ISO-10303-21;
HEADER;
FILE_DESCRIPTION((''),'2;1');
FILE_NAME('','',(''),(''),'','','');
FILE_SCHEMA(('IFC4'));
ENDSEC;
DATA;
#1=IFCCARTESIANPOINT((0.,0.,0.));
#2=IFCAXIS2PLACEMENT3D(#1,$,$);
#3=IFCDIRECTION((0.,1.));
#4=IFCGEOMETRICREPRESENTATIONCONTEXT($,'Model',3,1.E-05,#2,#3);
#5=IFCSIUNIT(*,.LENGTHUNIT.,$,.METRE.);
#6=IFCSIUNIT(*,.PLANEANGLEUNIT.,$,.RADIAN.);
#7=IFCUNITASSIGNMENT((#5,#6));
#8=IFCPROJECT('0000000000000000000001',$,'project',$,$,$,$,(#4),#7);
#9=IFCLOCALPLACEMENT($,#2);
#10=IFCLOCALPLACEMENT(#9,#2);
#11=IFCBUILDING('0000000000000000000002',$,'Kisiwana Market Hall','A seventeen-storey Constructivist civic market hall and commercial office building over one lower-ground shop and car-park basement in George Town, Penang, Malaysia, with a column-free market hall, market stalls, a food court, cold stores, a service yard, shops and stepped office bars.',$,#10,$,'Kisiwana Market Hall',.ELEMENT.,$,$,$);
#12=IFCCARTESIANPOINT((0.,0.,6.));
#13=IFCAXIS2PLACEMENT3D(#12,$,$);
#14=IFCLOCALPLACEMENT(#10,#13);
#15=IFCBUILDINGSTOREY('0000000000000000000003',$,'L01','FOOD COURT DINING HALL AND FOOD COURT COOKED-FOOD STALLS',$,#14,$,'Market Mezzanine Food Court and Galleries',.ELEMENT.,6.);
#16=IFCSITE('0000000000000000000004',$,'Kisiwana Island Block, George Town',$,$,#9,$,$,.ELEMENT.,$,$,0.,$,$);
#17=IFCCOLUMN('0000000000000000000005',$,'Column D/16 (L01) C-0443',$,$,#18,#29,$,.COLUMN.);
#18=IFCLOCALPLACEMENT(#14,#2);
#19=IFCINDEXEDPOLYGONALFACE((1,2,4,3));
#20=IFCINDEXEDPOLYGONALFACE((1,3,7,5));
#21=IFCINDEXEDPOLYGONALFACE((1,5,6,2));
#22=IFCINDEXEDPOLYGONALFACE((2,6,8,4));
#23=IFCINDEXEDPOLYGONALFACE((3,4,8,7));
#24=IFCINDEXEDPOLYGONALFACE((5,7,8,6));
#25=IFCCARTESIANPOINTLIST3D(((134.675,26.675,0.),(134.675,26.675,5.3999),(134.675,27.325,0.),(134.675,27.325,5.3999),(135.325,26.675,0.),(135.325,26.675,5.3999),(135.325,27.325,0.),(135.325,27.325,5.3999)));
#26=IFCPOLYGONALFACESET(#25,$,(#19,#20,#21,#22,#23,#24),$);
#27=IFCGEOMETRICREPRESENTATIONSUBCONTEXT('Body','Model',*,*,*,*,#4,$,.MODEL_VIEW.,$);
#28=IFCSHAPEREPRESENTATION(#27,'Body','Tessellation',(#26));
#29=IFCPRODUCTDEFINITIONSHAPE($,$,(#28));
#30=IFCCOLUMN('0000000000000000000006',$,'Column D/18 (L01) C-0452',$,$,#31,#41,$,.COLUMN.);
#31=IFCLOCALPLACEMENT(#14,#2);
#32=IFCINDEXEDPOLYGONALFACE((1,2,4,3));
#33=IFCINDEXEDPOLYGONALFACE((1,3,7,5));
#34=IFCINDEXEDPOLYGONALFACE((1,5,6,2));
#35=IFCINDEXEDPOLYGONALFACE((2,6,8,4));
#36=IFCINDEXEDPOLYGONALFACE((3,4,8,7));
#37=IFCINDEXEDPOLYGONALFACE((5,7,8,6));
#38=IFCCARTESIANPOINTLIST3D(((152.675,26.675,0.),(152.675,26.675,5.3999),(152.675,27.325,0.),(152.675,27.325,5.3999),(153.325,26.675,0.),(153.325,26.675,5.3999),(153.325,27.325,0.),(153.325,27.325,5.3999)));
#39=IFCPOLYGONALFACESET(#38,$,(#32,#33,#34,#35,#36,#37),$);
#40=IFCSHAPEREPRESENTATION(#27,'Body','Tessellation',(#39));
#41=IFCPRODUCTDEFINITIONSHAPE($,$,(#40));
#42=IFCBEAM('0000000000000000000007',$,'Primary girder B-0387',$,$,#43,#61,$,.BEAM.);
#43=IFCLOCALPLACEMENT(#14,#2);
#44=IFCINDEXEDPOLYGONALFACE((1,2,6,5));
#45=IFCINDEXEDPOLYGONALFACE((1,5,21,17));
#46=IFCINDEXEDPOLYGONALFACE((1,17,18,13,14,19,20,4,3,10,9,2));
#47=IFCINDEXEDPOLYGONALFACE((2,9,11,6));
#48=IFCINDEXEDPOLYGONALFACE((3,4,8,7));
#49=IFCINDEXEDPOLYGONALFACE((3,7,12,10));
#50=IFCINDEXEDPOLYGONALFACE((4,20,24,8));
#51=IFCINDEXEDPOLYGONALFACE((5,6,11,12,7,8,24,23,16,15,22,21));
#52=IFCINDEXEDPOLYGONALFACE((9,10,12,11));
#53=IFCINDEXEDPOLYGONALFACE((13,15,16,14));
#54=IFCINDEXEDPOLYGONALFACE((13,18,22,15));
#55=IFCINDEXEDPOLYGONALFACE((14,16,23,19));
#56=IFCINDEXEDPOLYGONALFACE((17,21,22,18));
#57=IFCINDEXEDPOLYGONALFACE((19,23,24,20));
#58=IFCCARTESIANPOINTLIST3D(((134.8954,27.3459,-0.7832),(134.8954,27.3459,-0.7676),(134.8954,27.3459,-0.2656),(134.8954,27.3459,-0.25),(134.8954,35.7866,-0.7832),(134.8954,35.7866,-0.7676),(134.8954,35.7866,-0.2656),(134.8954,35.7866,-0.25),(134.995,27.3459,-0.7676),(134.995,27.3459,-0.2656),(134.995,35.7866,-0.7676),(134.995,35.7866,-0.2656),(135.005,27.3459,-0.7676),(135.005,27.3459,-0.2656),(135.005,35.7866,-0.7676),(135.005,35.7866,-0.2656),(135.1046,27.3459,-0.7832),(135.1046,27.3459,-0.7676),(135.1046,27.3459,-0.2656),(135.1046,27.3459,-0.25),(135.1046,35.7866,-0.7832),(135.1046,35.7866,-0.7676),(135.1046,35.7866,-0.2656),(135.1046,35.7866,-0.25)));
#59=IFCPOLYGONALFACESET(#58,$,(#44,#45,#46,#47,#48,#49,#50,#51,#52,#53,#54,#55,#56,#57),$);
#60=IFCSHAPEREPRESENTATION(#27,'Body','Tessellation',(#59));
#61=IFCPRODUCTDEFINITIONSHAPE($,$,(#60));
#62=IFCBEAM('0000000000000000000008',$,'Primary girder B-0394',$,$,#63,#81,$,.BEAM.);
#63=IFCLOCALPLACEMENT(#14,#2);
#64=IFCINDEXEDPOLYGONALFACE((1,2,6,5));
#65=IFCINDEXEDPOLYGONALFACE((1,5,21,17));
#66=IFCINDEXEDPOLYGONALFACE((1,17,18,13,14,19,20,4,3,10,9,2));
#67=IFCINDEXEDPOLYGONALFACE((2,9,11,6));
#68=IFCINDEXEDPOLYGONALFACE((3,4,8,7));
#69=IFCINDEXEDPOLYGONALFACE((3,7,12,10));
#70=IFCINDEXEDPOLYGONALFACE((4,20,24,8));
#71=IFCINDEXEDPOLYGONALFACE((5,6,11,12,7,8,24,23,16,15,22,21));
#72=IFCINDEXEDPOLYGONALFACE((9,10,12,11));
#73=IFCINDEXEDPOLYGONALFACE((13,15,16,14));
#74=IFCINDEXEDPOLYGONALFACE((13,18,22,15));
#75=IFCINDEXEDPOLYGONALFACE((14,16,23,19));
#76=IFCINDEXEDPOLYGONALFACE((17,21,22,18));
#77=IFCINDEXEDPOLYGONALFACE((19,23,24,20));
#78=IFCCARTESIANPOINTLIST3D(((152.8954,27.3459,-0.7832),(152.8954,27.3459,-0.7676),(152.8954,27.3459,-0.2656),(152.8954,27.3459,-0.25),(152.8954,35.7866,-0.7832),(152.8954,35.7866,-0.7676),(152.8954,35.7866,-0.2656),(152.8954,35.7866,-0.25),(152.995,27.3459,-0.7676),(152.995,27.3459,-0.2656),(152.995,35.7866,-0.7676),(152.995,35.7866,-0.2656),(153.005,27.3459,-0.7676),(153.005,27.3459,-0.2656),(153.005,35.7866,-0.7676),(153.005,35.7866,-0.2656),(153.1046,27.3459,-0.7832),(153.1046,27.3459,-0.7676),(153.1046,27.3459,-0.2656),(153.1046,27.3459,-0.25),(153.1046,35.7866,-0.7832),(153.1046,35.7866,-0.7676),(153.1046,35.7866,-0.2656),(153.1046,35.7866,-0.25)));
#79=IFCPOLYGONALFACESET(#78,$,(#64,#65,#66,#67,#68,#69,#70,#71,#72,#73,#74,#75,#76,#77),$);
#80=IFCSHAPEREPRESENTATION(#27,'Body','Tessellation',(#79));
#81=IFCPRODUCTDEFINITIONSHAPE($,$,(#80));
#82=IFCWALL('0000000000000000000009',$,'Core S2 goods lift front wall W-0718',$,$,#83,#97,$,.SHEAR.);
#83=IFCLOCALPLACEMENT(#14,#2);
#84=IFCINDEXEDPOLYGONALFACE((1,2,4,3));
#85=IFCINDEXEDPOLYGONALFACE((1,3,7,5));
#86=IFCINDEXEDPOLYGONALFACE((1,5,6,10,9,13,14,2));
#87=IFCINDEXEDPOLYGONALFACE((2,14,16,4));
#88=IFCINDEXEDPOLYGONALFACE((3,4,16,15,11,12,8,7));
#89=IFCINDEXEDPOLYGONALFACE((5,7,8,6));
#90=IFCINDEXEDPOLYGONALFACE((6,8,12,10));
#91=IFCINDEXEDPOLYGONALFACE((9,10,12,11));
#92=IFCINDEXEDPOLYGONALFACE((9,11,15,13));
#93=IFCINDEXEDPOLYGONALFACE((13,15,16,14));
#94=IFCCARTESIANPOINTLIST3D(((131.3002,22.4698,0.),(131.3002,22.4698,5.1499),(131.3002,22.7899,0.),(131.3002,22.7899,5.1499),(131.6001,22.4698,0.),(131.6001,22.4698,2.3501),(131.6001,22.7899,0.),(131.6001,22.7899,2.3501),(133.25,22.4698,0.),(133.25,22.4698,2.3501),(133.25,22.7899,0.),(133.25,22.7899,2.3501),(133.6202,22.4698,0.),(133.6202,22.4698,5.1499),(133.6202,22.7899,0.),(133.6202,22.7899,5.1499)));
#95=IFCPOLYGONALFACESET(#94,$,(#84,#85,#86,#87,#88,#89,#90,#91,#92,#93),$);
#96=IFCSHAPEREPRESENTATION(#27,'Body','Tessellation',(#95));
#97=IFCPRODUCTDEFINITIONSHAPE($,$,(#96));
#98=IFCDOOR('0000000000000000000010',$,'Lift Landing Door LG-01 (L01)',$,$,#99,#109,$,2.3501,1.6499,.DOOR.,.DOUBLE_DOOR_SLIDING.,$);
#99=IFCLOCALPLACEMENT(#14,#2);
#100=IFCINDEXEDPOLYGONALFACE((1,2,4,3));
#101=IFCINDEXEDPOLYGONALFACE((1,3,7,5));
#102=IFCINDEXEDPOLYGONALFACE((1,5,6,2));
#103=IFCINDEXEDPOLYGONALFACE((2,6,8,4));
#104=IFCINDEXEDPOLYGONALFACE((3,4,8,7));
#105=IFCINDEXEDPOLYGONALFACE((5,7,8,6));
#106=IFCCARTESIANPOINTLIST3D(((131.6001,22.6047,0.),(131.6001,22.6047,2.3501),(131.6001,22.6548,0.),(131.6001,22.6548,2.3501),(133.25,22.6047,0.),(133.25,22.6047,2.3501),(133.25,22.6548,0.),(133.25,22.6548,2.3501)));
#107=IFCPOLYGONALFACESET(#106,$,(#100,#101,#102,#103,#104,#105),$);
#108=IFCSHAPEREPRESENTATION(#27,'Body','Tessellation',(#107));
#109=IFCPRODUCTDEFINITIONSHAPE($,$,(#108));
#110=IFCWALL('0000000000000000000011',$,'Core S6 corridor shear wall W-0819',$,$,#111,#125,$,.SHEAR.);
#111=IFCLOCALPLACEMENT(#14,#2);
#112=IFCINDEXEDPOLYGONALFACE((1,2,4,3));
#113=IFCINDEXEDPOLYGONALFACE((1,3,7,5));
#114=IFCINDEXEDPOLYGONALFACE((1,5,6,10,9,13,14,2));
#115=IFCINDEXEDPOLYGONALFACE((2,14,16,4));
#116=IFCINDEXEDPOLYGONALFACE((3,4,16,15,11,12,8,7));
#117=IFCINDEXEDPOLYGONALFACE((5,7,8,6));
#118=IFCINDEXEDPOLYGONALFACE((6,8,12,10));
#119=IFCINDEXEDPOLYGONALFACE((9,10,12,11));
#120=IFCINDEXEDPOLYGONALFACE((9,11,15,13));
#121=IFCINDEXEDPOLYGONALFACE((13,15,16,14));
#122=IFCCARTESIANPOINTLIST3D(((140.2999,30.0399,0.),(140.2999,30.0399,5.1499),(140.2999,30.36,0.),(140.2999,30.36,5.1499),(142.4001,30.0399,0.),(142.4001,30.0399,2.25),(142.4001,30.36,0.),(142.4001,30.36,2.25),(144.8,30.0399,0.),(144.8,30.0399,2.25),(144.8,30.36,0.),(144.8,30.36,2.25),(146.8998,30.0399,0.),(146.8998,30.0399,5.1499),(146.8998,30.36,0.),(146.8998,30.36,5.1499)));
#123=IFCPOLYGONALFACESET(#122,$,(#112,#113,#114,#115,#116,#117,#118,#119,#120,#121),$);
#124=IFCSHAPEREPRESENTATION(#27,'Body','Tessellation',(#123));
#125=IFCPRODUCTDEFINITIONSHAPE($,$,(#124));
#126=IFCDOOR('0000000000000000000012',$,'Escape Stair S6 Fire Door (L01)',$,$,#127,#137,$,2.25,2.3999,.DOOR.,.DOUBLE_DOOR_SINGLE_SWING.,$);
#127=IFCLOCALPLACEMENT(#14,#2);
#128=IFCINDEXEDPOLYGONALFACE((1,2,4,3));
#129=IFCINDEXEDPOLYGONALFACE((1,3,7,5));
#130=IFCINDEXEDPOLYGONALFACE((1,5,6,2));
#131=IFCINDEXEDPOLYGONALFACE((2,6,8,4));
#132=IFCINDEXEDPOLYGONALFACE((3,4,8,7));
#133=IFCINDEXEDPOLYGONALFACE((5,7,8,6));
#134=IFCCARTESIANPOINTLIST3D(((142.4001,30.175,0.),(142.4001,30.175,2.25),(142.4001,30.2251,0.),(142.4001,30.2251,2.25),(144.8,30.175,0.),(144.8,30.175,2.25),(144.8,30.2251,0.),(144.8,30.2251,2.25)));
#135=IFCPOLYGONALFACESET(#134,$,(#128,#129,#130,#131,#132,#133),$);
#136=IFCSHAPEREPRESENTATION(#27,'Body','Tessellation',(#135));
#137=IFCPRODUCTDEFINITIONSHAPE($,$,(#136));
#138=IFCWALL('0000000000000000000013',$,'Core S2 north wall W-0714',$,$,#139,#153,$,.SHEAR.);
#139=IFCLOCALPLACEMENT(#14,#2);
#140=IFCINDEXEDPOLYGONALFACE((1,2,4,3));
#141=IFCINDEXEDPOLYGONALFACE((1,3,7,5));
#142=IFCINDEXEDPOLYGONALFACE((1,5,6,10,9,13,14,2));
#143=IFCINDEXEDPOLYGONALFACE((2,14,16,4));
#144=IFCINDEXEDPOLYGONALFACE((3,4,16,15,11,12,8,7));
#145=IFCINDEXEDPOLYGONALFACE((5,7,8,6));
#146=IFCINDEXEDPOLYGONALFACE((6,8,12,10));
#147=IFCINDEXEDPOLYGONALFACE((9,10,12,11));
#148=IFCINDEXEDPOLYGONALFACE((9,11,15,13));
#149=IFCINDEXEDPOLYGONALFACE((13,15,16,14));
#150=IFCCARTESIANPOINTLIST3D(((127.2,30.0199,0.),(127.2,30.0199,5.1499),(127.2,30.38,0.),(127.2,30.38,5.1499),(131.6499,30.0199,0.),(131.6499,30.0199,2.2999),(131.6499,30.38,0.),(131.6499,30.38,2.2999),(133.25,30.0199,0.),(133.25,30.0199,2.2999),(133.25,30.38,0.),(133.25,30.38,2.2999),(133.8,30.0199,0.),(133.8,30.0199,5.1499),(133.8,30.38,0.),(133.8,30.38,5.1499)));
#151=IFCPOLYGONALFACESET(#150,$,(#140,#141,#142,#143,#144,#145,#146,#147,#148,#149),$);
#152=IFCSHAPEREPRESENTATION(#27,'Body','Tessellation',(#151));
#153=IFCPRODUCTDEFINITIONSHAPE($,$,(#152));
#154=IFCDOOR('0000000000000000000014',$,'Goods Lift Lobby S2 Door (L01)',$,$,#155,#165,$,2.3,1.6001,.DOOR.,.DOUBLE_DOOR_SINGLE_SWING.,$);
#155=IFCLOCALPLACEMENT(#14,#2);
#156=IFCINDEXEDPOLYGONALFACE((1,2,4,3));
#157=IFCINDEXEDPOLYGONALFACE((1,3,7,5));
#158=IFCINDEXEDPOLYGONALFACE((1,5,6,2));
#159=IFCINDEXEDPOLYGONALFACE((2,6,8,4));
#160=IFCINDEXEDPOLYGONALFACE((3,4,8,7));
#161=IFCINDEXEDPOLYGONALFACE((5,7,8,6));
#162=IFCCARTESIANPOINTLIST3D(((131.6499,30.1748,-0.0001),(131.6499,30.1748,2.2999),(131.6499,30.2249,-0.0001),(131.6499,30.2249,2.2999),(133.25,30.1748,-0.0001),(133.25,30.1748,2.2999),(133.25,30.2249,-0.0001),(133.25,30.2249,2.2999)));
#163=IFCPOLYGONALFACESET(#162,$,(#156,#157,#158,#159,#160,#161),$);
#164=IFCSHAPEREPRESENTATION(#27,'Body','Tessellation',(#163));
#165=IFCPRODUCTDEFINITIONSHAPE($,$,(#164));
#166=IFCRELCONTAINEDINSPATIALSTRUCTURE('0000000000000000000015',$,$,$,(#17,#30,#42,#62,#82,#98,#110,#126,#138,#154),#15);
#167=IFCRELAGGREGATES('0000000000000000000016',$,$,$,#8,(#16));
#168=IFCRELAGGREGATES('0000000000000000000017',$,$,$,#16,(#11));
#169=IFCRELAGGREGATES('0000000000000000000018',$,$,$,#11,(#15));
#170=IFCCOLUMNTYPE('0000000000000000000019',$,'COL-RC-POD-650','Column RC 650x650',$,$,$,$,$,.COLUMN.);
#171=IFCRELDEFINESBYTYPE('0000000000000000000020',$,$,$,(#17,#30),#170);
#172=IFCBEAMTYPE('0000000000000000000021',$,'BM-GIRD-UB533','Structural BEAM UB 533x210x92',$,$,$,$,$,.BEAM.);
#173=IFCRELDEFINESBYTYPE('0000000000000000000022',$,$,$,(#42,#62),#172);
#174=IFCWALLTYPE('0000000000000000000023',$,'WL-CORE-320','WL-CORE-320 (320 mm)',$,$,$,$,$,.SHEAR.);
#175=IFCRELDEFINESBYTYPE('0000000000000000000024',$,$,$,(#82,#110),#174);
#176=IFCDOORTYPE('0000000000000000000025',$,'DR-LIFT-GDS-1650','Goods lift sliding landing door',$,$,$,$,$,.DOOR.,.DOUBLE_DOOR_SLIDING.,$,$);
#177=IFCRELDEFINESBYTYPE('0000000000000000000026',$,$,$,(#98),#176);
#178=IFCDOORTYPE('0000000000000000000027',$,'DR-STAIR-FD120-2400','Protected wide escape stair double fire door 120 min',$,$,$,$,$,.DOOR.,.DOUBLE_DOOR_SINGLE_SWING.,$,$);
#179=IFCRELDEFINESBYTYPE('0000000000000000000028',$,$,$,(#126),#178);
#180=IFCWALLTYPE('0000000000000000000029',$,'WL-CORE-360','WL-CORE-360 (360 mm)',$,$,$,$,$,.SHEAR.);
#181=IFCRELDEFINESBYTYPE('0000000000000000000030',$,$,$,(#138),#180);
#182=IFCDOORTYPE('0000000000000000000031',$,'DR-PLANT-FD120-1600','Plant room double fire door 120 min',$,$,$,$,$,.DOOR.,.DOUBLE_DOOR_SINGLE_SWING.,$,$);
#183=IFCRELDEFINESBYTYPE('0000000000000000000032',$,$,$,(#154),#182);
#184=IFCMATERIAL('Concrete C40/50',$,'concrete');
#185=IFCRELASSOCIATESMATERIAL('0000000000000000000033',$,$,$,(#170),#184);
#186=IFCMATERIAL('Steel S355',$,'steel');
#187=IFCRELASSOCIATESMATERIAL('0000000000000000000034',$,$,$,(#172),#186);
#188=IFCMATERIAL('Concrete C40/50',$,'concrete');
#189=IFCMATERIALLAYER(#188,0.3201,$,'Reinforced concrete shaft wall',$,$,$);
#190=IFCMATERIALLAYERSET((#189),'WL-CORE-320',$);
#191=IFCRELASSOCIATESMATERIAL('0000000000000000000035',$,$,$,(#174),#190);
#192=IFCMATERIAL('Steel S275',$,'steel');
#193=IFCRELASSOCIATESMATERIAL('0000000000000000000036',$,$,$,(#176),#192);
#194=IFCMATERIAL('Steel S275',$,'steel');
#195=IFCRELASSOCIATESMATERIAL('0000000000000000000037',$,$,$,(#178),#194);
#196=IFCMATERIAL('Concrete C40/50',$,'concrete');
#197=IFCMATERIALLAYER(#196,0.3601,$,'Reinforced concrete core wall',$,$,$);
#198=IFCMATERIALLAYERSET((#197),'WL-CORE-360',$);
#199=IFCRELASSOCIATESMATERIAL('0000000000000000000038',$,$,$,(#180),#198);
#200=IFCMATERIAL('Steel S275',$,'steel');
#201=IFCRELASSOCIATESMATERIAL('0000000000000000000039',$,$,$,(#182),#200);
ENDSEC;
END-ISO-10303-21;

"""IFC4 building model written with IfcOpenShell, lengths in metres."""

from ifc_helpers import new_model, si_unit, direction, frame, frame_2d, origin, origin_2d, place, context, subcontext, project, spatial, rectangle, i_section, extrude, material, layer, layer_set, material_profile, profile_set, type_object, element, fill, save


model = new_model("IFC4")

# Units and contexts
model_context = context("Model", 3, precision=1e-05, world=origin(), true_north=direction((0.0, 1.0)))
body_context = subcontext(model_context, "Body", "Model", "MODEL_VIEW")
ifc_project = project(units=[si_unit("LENGTHUNIT", "METRE"), si_unit("PLANEANGLEUNIT", "RADIAN")], contexts=[model_context])

# Site, building, storey
site_placement = place(None, origin())
site = spatial("IfcSite", under=ifc_project, at=site_placement, Name="Kisiwana Island Block, George Town", CompositionType="ELEMENT", RefElevation=0.0)
building_placement = place(site_placement, origin())
building = spatial("IfcBuilding", under=site, at=building_placement, Name="Kisiwana Market Hall", Description="A seventeen-storey Constructivist civic market hall and commercial office building over one lower-ground shop and car-park basement in George Town, Penang, Malaysia, with a column-free market hall, market stalls, a food court, cold stores, a service yard, shops and stepped office bars.", LongName="Kisiwana Market Hall", CompositionType="ELEMENT")
storey_placement = place(building_placement, frame((0.0, 0.0, 6.0)))
storey = spatial("IfcBuildingStorey", under=building, at=storey_placement, Name="L01", Description="FOOD COURT DINING HALL AND FOOD COURT COOKED-FOOD STALLS", LongName="Market Mezzanine Food Court and Galleries", CompositionType="ELEMENT", Elevation=6.0)

# Columns
ifc_material_1 = material(Name="Concrete C40/50", Category="concrete")
ifc_material_profile_1 = material_profile(ifc_material_1, rectangle(XDim=0.6499, YDim=0.6499, at=origin_2d()), Name="RC 650x650")
ifc_profile_set_1 = profile_set([ifc_material_profile_1], Name="Concrete C40/50")
column_type = type_object("IfcColumnType", Name="COL-RC-POD-650", Description="Column RC 650x650", PredefinedType="COLUMN", material=ifc_profile_set_1)
for number, where, z_axis, x_axis, name in (
    (1, (135.0, 27.0, 0.0), (0.0, 0.0, 1.0), (1.0, 0.0, 0.0), "Column D/16 (L01) C-0443"),
    (2, (153.0, 27.0, 0.0), (0.0, 0.0, 1.0), (1.0, 0.0, 0.0), "Column D/18 (L01) C-0452"),
):
    element("IfcColumn", number, at=place(storey_placement, frame(where, z_axis=z_axis, x_axis=x_axis)), inside=storey, type_object=column_type, Name=name, PredefinedType="COLUMN", context=body_context, shape_type="SweptSolid", body=[
        extrude(rectangle(XDim=0.6499, YDim=0.6499, at=origin_2d()), origin(), (0.0, 0.0, 1.0), 5.3999),
    ])

# Beams
ifc_material_2 = material(Name="Steel S355", Category="steel")
ifc_material_profile_2 = material_profile(ifc_material_2, i_section(OverallWidth=0.2092, OverallDepth=0.5332, WebThickness=0.01, FlangeThickness=0.0156, at=origin_2d()), Name="UB 533x210x92")
ifc_profile_set_2 = profile_set([ifc_material_profile_2], Name="Steel S355")
beam_type = type_object("IfcBeamType", Name="BM-GIRD-UB533", Description="Structural BEAM UB 533x210x92", PredefinedType="BEAM", material=ifc_profile_set_2)
for number, where, z_axis, x_axis, name in (
    (3, (135.0, 27.3459, -0.5166), (0.0, 1.0, 0.0), (-1.0, 0.0, 0.0), "Primary girder B-0387"),
    (4, (153.0, 27.3459, -0.5166), (0.0, 1.0, 0.0), (-1.0, 0.0, 0.0), "Primary girder B-0394"),
):
    element("IfcBeam", number, at=place(storey_placement, frame(where, z_axis=z_axis, x_axis=x_axis)), inside=storey, type_object=beam_type, Name=name, PredefinedType="BEAM", context=body_context, shape_type="SweptSolid", body=[
        extrude(i_section(OverallWidth=0.2092, OverallDepth=0.5332, WebThickness=0.01, FlangeThickness=0.0156, at=origin_2d()), origin(), (0.0, 0.0, 1.0), 8.4407),
    ])

# Walls, openings, doors
ifc_material_3 = material(Name="Concrete C40/50", Category="concrete")
ifc_layer_1 = layer(ifc_material_3, 0.3201, Name="Reinforced concrete shaft wall")
ifc_layer_set_1 = layer_set([ifc_layer_1], Name="WL-CORE-320")
wall_type_1 = type_object("IfcWallType", Name="WL-CORE-320", Description="WL-CORE-320 (320 mm)", PredefinedType="SHEAR", material=ifc_layer_set_1)
wall_1_placement = place(storey_placement, frame((131.3, 22.6299, 0.0), z_axis=(0.0, 0.0, 1.0), x_axis=(1.0, 0.0, 0.0)))
wall_1 = element("IfcWall", 5, at=wall_1_placement, inside=storey, type_object=wall_type_1, Name="Core S2 goods lift front wall W-0718", PredefinedType="SHEAR", context=body_context, shape_type="SweptSolid", body=[
    extrude(rectangle(XDim=2.3201, YDim=0.3201, at=frame_2d((1.1602, 0.0))), origin(), (0.0, 0.0, 1.0), 5.1499),
])
opening_1_placement = place(wall_1_placement, frame((0.3, 0.0, 0.0)))
opening_1 = element("IfcOpeningElement", 6, at=opening_1_placement, cuts=wall_1, PredefinedType="OPENING", context=body_context, shape_type="SweptSolid", body=[
    extrude(rectangle(XDim=1.6499, YDim=2.3501, at=frame_2d((0.825, 1.175))), frame((0.0, 0.1719, 0.0), z_axis=(0.0, -1.0, 0.0), x_axis=(1.0, 0.0, 0.0)), (0.0, 0.0, 1.0), 0.344),
])
ifc_material_4 = material(Name="Steel S275", Category="steel")
door_type_1 = type_object("IfcDoorType", Name="DR-LIFT-GDS-1650", Description="Goods lift sliding landing door", OperationType="DOUBLE_DOOR_SLIDING", PredefinedType="DOOR", material=ifc_material_4)
door_1_placement = place(opening_1_placement, origin())
door_1 = element("IfcDoor", 7, at=door_1_placement, inside=storey, type_object=door_type_1, Name="Lift Landing Door LG-01 (L01)", OperationType="DOUBLE_DOOR_SLIDING", OverallHeight=2.3501, OverallWidth=1.6499, PredefinedType="DOOR", context=body_context, shape_type="SweptSolid", body=[
    extrude(rectangle(XDim=1.6499, YDim=2.3501, at=frame_2d((0.825, 1.175))), frame((0.0, 0.0249, 0.0), z_axis=(0.0, -1.0, 0.0), x_axis=(1.0, 0.0, 0.0)), (0.0, 0.0, 1.0), 0.05),
])
fill(opening_1, door_1)
wall_2_placement = place(storey_placement, frame((140.3, 30.2, 0.0), z_axis=(0.0, 0.0, 1.0), x_axis=(1.0, 0.0, 0.0)))
wall_2 = element("IfcWall", 8, at=wall_2_placement, inside=storey, type_object=wall_type_1, Name="Core S6 corridor shear wall W-0819", PredefinedType="SHEAR", context=body_context, shape_type="SweptSolid", body=[
    extrude(rectangle(XDim=6.5999, YDim=0.3201, at=frame_2d((3.2998, 0.0))), origin(), (0.0, 0.0, 1.0), 5.1499),
])
opening_2_placement = place(wall_2_placement, frame((2.1001, 0.0, 0.0)))
opening_2 = element("IfcOpeningElement", 9, at=opening_2_placement, cuts=wall_2, PredefinedType="OPENING", context=body_context, shape_type="SweptSolid", body=[
    extrude(rectangle(XDim=2.3999, YDim=2.25, at=frame_2d((1.2, 1.125))), frame((0.0, 0.1719, 0.0), z_axis=(0.0, -1.0, 0.0), x_axis=(1.0, 0.0, 0.0)), (0.0, 0.0, 1.0), 0.344),
])
ifc_material_5 = material(Name="Steel S275", Category="steel")
door_type_2 = type_object("IfcDoorType", Name="DR-STAIR-FD120-2400", Description="Protected wide escape stair double fire door 120 min", OperationType="DOUBLE_DOOR_SINGLE_SWING", PredefinedType="DOOR", material=ifc_material_5)
door_2_placement = place(opening_2_placement, frame((2.3999, 0.0, 0.0), z_axis=(0.0, 0.0, 1.0), x_axis=(-1.0, 0.0, 0.0)))
door_2 = element("IfcDoor", 10, at=door_2_placement, inside=storey, type_object=door_type_2, Name="Escape Stair S6 Fire Door (L01)", OperationType="DOUBLE_DOOR_SINGLE_SWING", OverallHeight=2.25, OverallWidth=2.3999, PredefinedType="DOOR", context=body_context, shape_type="SweptSolid", body=[
    extrude(rectangle(XDim=2.3999, YDim=2.25, at=frame_2d((1.2, 1.125))), frame((0.0, 0.0249, 0.0), z_axis=(0.0, -1.0, 0.0), x_axis=(1.0, 0.0, 0.0)), (0.0, 0.0, 1.0), 0.05),
])
fill(opening_2, door_2)
ifc_material_6 = material(Name="Concrete C40/50", Category="concrete")
ifc_layer_2 = layer(ifc_material_6, 0.3601, Name="Reinforced concrete core wall")
ifc_layer_set_2 = layer_set([ifc_layer_2], Name="WL-CORE-360")
wall_type_2 = type_object("IfcWallType", Name="WL-CORE-360", Description="WL-CORE-360 (360 mm)", PredefinedType="SHEAR", material=ifc_layer_set_2)
wall_3_placement = place(storey_placement, frame((127.2, 30.2, 0.0), z_axis=(0.0, 0.0, 1.0), x_axis=(1.0, 0.0, 0.0)))
wall_3 = element("IfcWall", 11, at=wall_3_placement, inside=storey, type_object=wall_type_2, Name="Core S2 north wall W-0714", PredefinedType="SHEAR", context=body_context, shape_type="SweptSolid", body=[
    extrude(rectangle(XDim=6.6001, YDim=0.3601, at=frame_2d((3.3, 0.0))), origin(), (0.0, 0.0, 1.0), 5.1499),
])
opening_3_placement = place(wall_3_placement, frame((4.45, 0.0, 0.0)))
opening_3 = element("IfcOpeningElement", 12, at=opening_3_placement, cuts=wall_3, PredefinedType="OPENING", context=body_context, shape_type="SweptSolid", body=[
    extrude(rectangle(XDim=1.6001, YDim=2.3, at=frame_2d((0.8, 1.1499))), frame((0.0, 0.1919, 0.0), z_axis=(0.0, -1.0, 0.0), x_axis=(1.0, 0.0, 0.0)), (0.0, 0.0, 1.0), 0.384),
])
ifc_material_7 = material(Name="Steel S275", Category="steel")
door_type_3 = type_object("IfcDoorType", Name="DR-PLANT-FD120-1600", Description="Plant room double fire door 120 min", OperationType="DOUBLE_DOOR_SINGLE_SWING", PredefinedType="DOOR", material=ifc_material_7)
door_3_placement = place(opening_3_placement, origin())
door_3 = element("IfcDoor", 13, at=door_3_placement, inside=storey, type_object=door_type_3, Name="Goods Lift Lobby S2 Door (L01)", OperationType="DOUBLE_DOOR_SINGLE_SWING", OverallHeight=2.3, OverallWidth=1.6001, PredefinedType="DOOR", context=body_context, shape_type="SweptSolid", body=[
    extrude(rectangle(XDim=1.6001, YDim=2.3, at=frame_2d((0.8, 1.1499))), frame((0.0, 0.0249, 0.0), z_axis=(0.0, -1.0, 0.0), x_axis=(1.0, 0.0, 0.0)), (0.0, 0.0, 1.0), 0.05),
])
fill(opening_3, door_3)

save(model, "model.ifc")
